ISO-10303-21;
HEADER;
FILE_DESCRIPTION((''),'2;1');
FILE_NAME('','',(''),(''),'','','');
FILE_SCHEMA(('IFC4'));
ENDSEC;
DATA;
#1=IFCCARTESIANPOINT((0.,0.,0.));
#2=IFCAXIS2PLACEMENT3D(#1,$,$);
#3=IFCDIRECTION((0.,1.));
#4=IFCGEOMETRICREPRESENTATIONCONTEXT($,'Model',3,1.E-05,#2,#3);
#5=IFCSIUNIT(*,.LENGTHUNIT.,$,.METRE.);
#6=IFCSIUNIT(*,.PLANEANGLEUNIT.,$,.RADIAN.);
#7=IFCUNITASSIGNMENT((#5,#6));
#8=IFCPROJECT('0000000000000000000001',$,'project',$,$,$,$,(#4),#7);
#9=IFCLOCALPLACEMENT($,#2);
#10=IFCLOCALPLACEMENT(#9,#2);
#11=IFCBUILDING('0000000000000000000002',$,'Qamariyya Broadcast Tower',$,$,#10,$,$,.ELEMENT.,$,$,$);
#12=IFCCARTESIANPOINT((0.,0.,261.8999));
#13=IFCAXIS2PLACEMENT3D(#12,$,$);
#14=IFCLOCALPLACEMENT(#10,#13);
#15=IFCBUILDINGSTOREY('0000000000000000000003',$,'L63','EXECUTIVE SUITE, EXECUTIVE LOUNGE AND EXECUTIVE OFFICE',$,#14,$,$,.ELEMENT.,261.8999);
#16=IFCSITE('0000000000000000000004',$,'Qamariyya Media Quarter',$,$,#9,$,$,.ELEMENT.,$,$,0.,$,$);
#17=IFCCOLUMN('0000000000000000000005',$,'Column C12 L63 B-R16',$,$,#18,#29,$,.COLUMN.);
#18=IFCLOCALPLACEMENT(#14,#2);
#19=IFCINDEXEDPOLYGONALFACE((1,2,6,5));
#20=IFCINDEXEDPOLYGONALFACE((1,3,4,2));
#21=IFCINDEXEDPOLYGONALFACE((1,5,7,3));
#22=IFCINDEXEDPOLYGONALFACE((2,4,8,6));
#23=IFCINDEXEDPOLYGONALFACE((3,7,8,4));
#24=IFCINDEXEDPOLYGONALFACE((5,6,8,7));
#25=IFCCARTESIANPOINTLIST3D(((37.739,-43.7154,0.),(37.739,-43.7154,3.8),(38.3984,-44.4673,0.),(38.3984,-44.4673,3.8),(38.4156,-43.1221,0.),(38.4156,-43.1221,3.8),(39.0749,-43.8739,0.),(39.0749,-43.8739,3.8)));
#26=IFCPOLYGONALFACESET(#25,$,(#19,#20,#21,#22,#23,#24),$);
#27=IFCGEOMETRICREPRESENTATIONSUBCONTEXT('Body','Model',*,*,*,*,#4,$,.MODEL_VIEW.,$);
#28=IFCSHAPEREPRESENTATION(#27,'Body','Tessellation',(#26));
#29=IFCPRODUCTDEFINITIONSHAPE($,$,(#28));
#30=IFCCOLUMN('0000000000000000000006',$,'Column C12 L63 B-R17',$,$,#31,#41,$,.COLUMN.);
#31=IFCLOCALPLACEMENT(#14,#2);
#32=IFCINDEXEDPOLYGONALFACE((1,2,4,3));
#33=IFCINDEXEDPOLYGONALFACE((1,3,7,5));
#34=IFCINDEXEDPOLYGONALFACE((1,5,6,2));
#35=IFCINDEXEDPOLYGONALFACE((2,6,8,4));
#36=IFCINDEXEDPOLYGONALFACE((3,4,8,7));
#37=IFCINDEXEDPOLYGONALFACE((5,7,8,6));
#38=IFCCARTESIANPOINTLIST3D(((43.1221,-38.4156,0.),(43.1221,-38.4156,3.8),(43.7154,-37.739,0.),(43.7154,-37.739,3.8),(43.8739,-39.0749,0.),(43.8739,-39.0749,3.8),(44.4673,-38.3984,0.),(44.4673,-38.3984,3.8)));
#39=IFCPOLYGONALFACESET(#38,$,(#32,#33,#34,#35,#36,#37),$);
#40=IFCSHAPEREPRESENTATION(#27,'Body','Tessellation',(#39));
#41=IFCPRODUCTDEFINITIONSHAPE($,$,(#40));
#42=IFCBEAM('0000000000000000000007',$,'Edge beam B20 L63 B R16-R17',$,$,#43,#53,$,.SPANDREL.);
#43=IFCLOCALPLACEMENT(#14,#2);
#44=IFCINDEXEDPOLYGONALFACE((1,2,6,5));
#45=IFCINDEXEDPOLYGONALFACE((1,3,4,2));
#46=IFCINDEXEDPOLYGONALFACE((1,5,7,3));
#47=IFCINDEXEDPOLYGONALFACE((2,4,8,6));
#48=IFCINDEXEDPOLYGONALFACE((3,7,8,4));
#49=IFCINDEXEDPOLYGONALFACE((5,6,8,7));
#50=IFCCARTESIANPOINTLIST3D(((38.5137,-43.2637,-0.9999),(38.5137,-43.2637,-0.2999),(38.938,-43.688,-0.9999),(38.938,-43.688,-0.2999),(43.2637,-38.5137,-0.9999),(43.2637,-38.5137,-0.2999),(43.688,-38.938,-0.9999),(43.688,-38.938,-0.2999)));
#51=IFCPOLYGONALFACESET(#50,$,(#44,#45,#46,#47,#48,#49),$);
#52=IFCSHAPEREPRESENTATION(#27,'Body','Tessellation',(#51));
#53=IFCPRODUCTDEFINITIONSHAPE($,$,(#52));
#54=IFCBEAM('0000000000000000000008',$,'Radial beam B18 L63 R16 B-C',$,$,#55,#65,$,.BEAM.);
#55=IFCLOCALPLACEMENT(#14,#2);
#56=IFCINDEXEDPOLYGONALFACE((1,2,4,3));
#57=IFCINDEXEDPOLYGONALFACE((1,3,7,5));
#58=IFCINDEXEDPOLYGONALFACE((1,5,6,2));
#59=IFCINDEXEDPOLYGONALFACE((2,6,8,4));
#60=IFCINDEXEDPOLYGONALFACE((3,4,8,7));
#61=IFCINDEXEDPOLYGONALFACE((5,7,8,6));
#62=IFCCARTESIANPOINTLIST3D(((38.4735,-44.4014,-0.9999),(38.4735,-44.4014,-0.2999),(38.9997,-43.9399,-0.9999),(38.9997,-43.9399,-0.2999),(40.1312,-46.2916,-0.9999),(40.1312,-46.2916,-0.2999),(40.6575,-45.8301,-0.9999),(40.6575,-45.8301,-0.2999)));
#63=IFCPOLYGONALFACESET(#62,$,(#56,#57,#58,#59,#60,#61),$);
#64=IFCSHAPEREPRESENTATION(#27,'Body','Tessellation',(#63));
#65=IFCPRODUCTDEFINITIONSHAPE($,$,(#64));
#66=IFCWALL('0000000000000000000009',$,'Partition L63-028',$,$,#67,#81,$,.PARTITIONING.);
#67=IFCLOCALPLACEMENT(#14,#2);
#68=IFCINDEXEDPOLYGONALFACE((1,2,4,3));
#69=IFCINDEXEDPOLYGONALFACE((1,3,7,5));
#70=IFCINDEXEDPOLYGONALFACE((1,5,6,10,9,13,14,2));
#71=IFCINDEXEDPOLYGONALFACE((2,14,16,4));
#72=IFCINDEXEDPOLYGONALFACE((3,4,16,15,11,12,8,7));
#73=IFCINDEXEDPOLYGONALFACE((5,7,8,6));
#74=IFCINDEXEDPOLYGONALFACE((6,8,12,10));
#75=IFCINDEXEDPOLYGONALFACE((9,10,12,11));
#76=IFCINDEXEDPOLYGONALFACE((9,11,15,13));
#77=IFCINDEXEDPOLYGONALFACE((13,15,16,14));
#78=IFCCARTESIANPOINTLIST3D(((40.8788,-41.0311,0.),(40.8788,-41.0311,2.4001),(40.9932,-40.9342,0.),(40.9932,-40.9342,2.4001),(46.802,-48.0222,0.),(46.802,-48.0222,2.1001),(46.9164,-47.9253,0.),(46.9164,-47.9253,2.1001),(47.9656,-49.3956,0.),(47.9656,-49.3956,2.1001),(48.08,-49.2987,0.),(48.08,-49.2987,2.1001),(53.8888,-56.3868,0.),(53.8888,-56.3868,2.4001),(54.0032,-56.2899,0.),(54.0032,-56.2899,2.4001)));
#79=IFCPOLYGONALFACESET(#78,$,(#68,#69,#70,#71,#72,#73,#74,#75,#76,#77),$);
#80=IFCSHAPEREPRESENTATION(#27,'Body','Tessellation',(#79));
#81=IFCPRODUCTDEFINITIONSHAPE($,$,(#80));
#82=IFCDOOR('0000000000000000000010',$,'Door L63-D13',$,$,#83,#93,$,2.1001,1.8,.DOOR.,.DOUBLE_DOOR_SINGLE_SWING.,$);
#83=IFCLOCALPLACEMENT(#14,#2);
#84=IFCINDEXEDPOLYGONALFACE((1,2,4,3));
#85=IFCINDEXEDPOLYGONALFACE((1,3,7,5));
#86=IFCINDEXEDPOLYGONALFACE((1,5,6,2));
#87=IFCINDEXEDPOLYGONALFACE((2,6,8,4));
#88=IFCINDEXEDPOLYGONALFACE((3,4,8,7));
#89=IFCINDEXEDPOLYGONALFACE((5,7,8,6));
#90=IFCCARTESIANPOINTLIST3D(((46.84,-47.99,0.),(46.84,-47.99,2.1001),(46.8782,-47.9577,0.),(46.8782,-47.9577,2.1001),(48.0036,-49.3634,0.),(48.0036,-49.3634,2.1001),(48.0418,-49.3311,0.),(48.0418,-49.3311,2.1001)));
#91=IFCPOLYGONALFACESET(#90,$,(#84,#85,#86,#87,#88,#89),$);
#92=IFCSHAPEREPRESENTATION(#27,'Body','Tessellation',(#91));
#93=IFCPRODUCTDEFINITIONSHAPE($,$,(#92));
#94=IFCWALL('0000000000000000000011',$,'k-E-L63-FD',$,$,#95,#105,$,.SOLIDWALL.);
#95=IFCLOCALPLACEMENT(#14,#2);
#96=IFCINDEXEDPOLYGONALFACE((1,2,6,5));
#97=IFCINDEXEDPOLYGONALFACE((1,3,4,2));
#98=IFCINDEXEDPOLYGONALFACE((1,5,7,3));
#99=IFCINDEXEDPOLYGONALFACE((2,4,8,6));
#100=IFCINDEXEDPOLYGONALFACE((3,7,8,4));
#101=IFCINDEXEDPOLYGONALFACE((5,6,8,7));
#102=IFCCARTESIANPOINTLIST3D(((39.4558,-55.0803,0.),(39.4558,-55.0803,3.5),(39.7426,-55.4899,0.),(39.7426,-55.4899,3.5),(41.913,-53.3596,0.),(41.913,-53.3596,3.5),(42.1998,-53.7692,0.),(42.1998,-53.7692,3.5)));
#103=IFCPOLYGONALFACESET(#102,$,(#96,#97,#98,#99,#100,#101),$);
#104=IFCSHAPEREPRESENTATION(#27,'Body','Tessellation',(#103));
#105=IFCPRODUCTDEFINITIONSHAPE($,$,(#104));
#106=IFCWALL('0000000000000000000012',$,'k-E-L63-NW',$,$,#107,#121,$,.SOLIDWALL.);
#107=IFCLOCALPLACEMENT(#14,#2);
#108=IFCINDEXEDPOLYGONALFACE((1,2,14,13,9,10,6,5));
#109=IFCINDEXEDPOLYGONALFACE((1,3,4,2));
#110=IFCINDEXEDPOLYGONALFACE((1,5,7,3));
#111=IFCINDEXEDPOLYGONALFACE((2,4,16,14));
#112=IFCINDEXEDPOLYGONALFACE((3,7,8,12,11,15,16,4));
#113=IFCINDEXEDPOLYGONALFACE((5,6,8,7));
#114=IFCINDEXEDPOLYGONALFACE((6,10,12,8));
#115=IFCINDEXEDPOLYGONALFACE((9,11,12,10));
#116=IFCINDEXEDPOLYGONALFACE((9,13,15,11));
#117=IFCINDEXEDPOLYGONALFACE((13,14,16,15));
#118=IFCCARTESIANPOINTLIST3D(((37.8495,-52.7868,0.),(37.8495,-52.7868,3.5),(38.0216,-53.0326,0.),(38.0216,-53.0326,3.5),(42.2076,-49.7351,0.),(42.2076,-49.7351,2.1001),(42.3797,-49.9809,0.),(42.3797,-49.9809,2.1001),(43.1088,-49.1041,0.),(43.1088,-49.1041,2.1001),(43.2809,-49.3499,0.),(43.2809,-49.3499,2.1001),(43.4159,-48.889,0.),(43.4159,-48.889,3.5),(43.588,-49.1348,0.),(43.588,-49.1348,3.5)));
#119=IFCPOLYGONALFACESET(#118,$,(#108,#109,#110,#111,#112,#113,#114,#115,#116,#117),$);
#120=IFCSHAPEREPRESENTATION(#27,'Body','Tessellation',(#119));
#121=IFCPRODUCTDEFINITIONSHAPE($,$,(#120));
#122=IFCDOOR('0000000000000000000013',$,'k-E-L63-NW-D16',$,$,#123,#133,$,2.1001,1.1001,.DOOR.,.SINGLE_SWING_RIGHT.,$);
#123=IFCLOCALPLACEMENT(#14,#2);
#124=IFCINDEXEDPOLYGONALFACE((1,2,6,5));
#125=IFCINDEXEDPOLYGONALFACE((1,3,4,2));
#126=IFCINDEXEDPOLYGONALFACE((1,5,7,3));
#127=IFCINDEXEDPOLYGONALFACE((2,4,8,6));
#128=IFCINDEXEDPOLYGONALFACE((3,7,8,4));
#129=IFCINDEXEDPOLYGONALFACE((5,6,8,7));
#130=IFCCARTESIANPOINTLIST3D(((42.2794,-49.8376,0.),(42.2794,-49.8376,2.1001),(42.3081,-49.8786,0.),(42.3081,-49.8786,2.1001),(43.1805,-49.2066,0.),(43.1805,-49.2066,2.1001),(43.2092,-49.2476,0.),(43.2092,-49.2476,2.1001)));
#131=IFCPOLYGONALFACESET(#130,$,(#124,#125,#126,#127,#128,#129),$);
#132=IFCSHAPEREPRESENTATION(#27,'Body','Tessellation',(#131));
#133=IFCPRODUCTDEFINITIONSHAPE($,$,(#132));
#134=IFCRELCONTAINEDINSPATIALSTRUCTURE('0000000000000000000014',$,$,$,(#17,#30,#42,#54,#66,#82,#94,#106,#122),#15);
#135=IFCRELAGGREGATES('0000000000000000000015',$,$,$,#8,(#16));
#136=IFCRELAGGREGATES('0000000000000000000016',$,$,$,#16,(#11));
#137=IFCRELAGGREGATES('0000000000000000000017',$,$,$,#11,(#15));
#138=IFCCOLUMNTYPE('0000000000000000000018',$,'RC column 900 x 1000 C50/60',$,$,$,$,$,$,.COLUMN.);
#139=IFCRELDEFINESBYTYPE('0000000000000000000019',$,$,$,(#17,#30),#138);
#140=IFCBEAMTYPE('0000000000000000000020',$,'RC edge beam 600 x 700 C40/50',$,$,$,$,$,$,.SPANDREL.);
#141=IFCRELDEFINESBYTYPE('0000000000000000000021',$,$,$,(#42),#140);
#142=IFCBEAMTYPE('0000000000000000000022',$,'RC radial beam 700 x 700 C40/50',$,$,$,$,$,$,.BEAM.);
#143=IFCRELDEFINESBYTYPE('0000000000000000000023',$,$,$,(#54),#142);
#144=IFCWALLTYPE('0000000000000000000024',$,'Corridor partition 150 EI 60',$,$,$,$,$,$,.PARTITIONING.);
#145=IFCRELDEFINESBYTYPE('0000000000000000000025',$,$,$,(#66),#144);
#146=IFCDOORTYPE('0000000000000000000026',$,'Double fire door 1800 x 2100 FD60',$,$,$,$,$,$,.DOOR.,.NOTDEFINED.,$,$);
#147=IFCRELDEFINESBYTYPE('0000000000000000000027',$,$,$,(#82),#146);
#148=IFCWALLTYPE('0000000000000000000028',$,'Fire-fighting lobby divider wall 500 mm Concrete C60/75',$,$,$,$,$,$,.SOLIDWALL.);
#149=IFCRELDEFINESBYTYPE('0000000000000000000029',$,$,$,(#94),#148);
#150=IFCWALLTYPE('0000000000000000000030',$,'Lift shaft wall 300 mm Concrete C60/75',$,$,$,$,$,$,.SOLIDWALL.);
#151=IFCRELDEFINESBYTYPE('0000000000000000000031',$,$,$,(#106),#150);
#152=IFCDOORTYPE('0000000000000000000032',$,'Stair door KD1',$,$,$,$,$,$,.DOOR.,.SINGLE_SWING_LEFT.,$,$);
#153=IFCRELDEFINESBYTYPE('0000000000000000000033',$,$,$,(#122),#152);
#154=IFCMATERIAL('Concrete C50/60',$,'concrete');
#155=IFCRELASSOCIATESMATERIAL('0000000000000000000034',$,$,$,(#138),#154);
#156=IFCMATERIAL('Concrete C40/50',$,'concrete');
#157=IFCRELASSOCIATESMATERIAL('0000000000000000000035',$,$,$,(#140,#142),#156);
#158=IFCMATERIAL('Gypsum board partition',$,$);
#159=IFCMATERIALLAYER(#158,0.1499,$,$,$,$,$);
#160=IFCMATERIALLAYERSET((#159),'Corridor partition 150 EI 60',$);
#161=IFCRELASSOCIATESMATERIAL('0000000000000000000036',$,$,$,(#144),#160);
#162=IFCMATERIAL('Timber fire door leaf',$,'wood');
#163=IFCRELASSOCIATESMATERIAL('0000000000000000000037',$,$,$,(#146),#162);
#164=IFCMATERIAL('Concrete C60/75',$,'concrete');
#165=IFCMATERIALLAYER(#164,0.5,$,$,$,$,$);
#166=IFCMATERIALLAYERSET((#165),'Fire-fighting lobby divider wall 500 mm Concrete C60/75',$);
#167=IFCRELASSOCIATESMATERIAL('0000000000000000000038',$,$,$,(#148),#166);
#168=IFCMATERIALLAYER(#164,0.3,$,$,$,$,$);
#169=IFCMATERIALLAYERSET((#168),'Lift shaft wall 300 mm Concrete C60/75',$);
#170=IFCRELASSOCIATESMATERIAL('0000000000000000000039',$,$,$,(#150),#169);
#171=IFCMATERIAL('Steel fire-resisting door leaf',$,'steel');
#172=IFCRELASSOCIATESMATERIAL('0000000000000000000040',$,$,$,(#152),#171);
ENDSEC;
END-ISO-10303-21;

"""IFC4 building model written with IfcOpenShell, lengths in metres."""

from ifc_helpers import new_model, si_unit, direction, frame, frame_2d, origin, origin_2d, place, context, subcontext, project, spatial, rectangle, extrude, material, layer, layer_set, material_profile, profile_set, type_object, element, fill, save


model = new_model("IFC4")

# Units and contexts
model_context = context("Model", 3, precision=1e-05, world=origin(), true_north=direction((0.0, 1.0)))
body_context = subcontext(model_context, "Body", "Model", "MODEL_VIEW")
ifc_project = project(units=[si_unit("LENGTHUNIT", "METRE"), si_unit("PLANEANGLEUNIT", "RADIAN")], contexts=[model_context])

# Site, building, storey
site_placement = place(None, origin())
site = spatial("IfcSite", under=ifc_project, at=site_placement, Name="Qamariyya Media Quarter", CompositionType="ELEMENT", RefElevation=0.0)
building_placement = place(site_placement, origin())
building = spatial("IfcBuilding", under=site, at=building_placement, Name="Qamariyya Broadcast Tower", CompositionType="ELEMENT")
storey_placement = place(building_placement, frame((0.0, 0.0, 261.8999)))
storey = spatial("IfcBuildingStorey", under=building, at=storey_placement, Name="L63", Description="EXECUTIVE SUITE, EXECUTIVE LOUNGE AND EXECUTIVE OFFICE", CompositionType="ELEMENT", Elevation=261.8999)

# Columns
ifc_material_1 = material(Name="Concrete C50/60", Category="concrete")
ifc_material_profile_1 = material_profile(ifc_material_1, rectangle(XDim=0.8999, YDim=1.0, at=origin_2d()))
ifc_profile_set_1 = profile_set([ifc_material_profile_1], Name="Concrete C50/60")
column_type = type_object("IfcColumnType", Name="RC column 900 x 1000 C50/60", PredefinedType="COLUMN", material=ifc_profile_set_1)
for number, where, z_axis, x_axis, name in (
    (1, (38.407, -43.7947, 0.0), (0.0, 0.0, 1.0), (0.75184, 0.659346, 0.0), "Column C12 L63 B-R16"),
    (2, (43.7947, -38.407, 0.0), (0.0, 0.0, 1.0), (0.659346, 0.75184, 0.0), "Column C12 L63 B-R17"),
):
    element("IfcColumn", number, at=place(storey_placement, frame(where, z_axis=z_axis, x_axis=x_axis)), inside=storey, type_object=column_type, Name=name, PredefinedType="COLUMN", context=body_context, shape_type="SweptSolid", body=[
        extrude(rectangle(XDim=0.8999, YDim=1.0, at=origin_2d()), origin(), (0.0, 0.0, 1.0), 3.8),
    ])

# Beams
ifc_material_2 = material(Name="Concrete C40/50", Category="concrete")
ifc_material_profile_2 = material_profile(ifc_material_2, rectangle(XDim=0.6001, YDim=0.7, at=origin_2d()))
ifc_profile_set_2 = profile_set([ifc_material_profile_2], Name="Concrete C40/50")
beam_type_1 = type_object("IfcBeamType", Name="RC edge beam 600 x 700 C40/50", PredefinedType="SPANDREL", material=ifc_profile_set_2)
beam_1_placement = place(storey_placement, frame((38.7258, -43.4758, -0.6499), z_axis=(0.707107, 0.707107, 0.0), x_axis=(-0.707107, 0.707107, 0.0)))
element("IfcBeam", 3, at=beam_1_placement, inside=storey, type_object=beam_type_1, Name="Edge beam B20 L63 B R16-R17", PredefinedType="SPANDREL", context=body_context, shape_type="SweptSolid", body=[
    extrude(rectangle(XDim=0.6001, YDim=0.7, at=origin_2d()), origin(), (0.0, 0.0, 1.0), 6.7175),
])
ifc_material_profile_3 = material_profile(ifc_material_2, rectangle(XDim=0.7, YDim=0.7, at=origin_2d()))
ifc_profile_set_3 = profile_set([ifc_material_profile_3], Name="Concrete C40/50")
beam_type_2 = type_object("IfcBeamType", Name="RC radial beam 700 x 700 C40/50", PredefinedType="BEAM", material=ifc_profile_set_3)
beam_2_placement = place(storey_placement, frame((38.7366, -44.1707, -0.6499), z_axis=(0.65937, -0.751818, 0.0), x_axis=(0.751818, 0.65937, 0.0)))
element("IfcBeam", 4, at=beam_2_placement, inside=storey, type_object=beam_type_2, Name="Radial beam B18 L63 R16 B-C", PredefinedType="BEAM", context=body_context, shape_type="SweptSolid", body=[
    extrude(rectangle(XDim=0.7, YDim=0.7, at=origin_2d()), origin(), (0.0, 0.0, 1.0), 2.5142),
])

# Wall, opening, door
ifc_material_3 = material(Name="Gypsum board partition")
ifc_layer_1 = layer(ifc_material_3, 0.1499)
ifc_layer_set_1 = layer_set([ifc_layer_1], Name="Corridor partition 150 EI 60")
wall_type_1 = type_object("IfcWallType", Name="Corridor partition 150 EI 60", PredefinedType="PARTITIONING", material=ifc_layer_set_1)
wall_1_placement = place(storey_placement, frame((40.936, -40.9827, 0.0), z_axis=(0.0, 0.0, 1.0), x_axis=(0.646426, -0.762977, 0.0)))
wall_1 = element("IfcWall", 5, at=wall_1_placement, inside=storey, type_object=wall_type_1, Name="Partition L63-028", PredefinedType="PARTITIONING", context=body_context, shape_type="SweptSolid", body=[
    extrude(rectangle(XDim=20.126, YDim=0.1499, at=frame_2d((10.063, 0.0))), origin(), (0.0, 0.0, 1.0), 2.4001),
])
opening_1_placement = place(wall_1_placement, frame((9.1631, 0.0, 0.0)))
opening_1 = element("IfcOpeningElement", 6, at=opening_1_placement, cuts=wall_1, PredefinedType="OPENING", context=body_context, shape_type="SweptSolid", body=[
    extrude(rectangle(XDim=1.8, YDim=2.1001, at=frame_2d((0.8999, 1.05))), frame((0.0, 0.085, 0.0), z_axis=(0.0, -1.0, 0.0), x_axis=(1.0, 0.0, 0.0)), (0.0, 0.0, 1.0), 0.1699),
])
ifc_material_4 = material(Name="Timber fire door leaf", Category="wood")
door_type_1 = type_object("IfcDoorType", Name="Double fire door 1800 x 2100 FD60", OperationType="NOTDEFINED", PredefinedType="DOOR", material=ifc_material_4)
door_1_placement = place(opening_1_placement, origin())
door_1 = element("IfcDoor", 7, at=door_1_placement, inside=storey, type_object=door_type_1, Name="Door L63-D13", OperationType="DOUBLE_DOOR_SINGLE_SWING", OverallHeight=2.1001, OverallWidth=1.8, PredefinedType="DOOR", context=body_context, shape_type="SweptSolid", body=[
    extrude(rectangle(XDim=1.8, YDim=2.1001, at=frame_2d((0.8999, 1.05))), frame((0.0, 0.0249, 0.0), z_axis=(0.0, -1.0, 0.0), x_axis=(1.0, 0.0, 0.0)), (0.0, 0.0, 1.0), 0.05),
])
fill(opening_1, door_1)

# Wall
ifc_material_5 = material(Name="Concrete C60/75", Category="concrete")
ifc_layer_2 = layer(ifc_material_5, 0.5)
ifc_layer_set_2 = layer_set([ifc_layer_2], Name="Fire-fighting lobby divider wall 500 mm Concrete C60/75")
wall_type_2 = type_object("IfcWallType", Name="Fire-fighting lobby divider wall 500 mm Concrete C60/75", PredefinedType="SOLIDWALL", material=ifc_layer_set_2)
wall_2_placement = place(storey_placement, frame((39.5991, -55.2852, 0.0), z_axis=(0.0, 0.0, 1.0), x_axis=(0.819136, 0.573599, 0.0)))
element("IfcWall", 8, at=wall_2_placement, inside=storey, type_object=wall_type_2, Name="k-E-L63-FD", PredefinedType="SOLIDWALL", context=body_context, shape_type="SweptSolid", body=[
    extrude(rectangle(XDim=2.9998, YDim=0.5, at=frame_2d((1.5, 0.0))), origin(), (0.0, 0.0, 1.0), 3.5),
])

# Wall, opening, door
ifc_layer_3 = layer(ifc_material_5, 0.3)
ifc_layer_set_3 = layer_set([ifc_layer_3], Name="Lift shaft wall 300 mm Concrete C60/75")
wall_type_3 = type_object("IfcWallType", Name="Lift shaft wall 300 mm Concrete C60/75", PredefinedType="SOLIDWALL", material=ifc_layer_set_3)
wall_3_placement = place(storey_placement, frame((37.9355, -52.9097, 0.0), z_axis=(0.0, 0.0, 1.0), x_axis=(0.819148, 0.573583, 0.0)))
wall_3 = element("IfcWall", 9, at=wall_3_placement, inside=storey, type_object=wall_type_3, Name="k-E-L63-NW", PredefinedType="SOLIDWALL", context=body_context, shape_type="SweptSolid", body=[
    extrude(rectangle(XDim=6.7954, YDim=0.3, at=frame_2d((3.3977, 0.0))), origin(), (0.0, 0.0, 1.0), 3.5),
])
opening_2_placement = place(wall_3_placement, frame((5.3203, 0.0, 0.0)))
opening_2 = element("IfcOpeningElement", 10, at=opening_2_placement, cuts=wall_3, PredefinedType="OPENING", context=body_context, shape_type="SweptSolid", body=[
    extrude(rectangle(XDim=1.1001, YDim=2.1001, at=frame_2d((0.55, 1.05))), frame((0.0, 0.1599, 0.0), z_axis=(0.0, -1.0, 0.0), x_axis=(1.0, 0.0, 0.0)), (0.0, 0.0, 1.0), 0.3201),
])
ifc_material_6 = material(Name="Steel fire-resisting door leaf", Category="steel")
door_type_2 = type_object("IfcDoorType", Name="Stair door KD1", OperationType="SINGLE_SWING_LEFT", PredefinedType="DOOR", material=ifc_material_6)
door_2_placement = place(opening_2_placement, origin())
door_2 = element("IfcDoor", 11, at=door_2_placement, inside=storey, type_object=door_type_2, Name="k-E-L63-NW-D16", OperationType="SINGLE_SWING_RIGHT", OverallHeight=2.1001, OverallWidth=1.1001, PredefinedType="DOOR", context=body_context, shape_type="SweptSolid", body=[
    extrude(rectangle(XDim=1.1001, YDim=2.1001, at=frame_2d((0.55, 1.05))), frame((0.0, 0.0249, 0.0), z_axis=(0.0, -1.0, 0.0), x_axis=(1.0, 0.0, 0.0)), (0.0, 0.0, 1.0), 0.05),
])
fill(opening_2, door_2)

save(model, "model.ifc")
